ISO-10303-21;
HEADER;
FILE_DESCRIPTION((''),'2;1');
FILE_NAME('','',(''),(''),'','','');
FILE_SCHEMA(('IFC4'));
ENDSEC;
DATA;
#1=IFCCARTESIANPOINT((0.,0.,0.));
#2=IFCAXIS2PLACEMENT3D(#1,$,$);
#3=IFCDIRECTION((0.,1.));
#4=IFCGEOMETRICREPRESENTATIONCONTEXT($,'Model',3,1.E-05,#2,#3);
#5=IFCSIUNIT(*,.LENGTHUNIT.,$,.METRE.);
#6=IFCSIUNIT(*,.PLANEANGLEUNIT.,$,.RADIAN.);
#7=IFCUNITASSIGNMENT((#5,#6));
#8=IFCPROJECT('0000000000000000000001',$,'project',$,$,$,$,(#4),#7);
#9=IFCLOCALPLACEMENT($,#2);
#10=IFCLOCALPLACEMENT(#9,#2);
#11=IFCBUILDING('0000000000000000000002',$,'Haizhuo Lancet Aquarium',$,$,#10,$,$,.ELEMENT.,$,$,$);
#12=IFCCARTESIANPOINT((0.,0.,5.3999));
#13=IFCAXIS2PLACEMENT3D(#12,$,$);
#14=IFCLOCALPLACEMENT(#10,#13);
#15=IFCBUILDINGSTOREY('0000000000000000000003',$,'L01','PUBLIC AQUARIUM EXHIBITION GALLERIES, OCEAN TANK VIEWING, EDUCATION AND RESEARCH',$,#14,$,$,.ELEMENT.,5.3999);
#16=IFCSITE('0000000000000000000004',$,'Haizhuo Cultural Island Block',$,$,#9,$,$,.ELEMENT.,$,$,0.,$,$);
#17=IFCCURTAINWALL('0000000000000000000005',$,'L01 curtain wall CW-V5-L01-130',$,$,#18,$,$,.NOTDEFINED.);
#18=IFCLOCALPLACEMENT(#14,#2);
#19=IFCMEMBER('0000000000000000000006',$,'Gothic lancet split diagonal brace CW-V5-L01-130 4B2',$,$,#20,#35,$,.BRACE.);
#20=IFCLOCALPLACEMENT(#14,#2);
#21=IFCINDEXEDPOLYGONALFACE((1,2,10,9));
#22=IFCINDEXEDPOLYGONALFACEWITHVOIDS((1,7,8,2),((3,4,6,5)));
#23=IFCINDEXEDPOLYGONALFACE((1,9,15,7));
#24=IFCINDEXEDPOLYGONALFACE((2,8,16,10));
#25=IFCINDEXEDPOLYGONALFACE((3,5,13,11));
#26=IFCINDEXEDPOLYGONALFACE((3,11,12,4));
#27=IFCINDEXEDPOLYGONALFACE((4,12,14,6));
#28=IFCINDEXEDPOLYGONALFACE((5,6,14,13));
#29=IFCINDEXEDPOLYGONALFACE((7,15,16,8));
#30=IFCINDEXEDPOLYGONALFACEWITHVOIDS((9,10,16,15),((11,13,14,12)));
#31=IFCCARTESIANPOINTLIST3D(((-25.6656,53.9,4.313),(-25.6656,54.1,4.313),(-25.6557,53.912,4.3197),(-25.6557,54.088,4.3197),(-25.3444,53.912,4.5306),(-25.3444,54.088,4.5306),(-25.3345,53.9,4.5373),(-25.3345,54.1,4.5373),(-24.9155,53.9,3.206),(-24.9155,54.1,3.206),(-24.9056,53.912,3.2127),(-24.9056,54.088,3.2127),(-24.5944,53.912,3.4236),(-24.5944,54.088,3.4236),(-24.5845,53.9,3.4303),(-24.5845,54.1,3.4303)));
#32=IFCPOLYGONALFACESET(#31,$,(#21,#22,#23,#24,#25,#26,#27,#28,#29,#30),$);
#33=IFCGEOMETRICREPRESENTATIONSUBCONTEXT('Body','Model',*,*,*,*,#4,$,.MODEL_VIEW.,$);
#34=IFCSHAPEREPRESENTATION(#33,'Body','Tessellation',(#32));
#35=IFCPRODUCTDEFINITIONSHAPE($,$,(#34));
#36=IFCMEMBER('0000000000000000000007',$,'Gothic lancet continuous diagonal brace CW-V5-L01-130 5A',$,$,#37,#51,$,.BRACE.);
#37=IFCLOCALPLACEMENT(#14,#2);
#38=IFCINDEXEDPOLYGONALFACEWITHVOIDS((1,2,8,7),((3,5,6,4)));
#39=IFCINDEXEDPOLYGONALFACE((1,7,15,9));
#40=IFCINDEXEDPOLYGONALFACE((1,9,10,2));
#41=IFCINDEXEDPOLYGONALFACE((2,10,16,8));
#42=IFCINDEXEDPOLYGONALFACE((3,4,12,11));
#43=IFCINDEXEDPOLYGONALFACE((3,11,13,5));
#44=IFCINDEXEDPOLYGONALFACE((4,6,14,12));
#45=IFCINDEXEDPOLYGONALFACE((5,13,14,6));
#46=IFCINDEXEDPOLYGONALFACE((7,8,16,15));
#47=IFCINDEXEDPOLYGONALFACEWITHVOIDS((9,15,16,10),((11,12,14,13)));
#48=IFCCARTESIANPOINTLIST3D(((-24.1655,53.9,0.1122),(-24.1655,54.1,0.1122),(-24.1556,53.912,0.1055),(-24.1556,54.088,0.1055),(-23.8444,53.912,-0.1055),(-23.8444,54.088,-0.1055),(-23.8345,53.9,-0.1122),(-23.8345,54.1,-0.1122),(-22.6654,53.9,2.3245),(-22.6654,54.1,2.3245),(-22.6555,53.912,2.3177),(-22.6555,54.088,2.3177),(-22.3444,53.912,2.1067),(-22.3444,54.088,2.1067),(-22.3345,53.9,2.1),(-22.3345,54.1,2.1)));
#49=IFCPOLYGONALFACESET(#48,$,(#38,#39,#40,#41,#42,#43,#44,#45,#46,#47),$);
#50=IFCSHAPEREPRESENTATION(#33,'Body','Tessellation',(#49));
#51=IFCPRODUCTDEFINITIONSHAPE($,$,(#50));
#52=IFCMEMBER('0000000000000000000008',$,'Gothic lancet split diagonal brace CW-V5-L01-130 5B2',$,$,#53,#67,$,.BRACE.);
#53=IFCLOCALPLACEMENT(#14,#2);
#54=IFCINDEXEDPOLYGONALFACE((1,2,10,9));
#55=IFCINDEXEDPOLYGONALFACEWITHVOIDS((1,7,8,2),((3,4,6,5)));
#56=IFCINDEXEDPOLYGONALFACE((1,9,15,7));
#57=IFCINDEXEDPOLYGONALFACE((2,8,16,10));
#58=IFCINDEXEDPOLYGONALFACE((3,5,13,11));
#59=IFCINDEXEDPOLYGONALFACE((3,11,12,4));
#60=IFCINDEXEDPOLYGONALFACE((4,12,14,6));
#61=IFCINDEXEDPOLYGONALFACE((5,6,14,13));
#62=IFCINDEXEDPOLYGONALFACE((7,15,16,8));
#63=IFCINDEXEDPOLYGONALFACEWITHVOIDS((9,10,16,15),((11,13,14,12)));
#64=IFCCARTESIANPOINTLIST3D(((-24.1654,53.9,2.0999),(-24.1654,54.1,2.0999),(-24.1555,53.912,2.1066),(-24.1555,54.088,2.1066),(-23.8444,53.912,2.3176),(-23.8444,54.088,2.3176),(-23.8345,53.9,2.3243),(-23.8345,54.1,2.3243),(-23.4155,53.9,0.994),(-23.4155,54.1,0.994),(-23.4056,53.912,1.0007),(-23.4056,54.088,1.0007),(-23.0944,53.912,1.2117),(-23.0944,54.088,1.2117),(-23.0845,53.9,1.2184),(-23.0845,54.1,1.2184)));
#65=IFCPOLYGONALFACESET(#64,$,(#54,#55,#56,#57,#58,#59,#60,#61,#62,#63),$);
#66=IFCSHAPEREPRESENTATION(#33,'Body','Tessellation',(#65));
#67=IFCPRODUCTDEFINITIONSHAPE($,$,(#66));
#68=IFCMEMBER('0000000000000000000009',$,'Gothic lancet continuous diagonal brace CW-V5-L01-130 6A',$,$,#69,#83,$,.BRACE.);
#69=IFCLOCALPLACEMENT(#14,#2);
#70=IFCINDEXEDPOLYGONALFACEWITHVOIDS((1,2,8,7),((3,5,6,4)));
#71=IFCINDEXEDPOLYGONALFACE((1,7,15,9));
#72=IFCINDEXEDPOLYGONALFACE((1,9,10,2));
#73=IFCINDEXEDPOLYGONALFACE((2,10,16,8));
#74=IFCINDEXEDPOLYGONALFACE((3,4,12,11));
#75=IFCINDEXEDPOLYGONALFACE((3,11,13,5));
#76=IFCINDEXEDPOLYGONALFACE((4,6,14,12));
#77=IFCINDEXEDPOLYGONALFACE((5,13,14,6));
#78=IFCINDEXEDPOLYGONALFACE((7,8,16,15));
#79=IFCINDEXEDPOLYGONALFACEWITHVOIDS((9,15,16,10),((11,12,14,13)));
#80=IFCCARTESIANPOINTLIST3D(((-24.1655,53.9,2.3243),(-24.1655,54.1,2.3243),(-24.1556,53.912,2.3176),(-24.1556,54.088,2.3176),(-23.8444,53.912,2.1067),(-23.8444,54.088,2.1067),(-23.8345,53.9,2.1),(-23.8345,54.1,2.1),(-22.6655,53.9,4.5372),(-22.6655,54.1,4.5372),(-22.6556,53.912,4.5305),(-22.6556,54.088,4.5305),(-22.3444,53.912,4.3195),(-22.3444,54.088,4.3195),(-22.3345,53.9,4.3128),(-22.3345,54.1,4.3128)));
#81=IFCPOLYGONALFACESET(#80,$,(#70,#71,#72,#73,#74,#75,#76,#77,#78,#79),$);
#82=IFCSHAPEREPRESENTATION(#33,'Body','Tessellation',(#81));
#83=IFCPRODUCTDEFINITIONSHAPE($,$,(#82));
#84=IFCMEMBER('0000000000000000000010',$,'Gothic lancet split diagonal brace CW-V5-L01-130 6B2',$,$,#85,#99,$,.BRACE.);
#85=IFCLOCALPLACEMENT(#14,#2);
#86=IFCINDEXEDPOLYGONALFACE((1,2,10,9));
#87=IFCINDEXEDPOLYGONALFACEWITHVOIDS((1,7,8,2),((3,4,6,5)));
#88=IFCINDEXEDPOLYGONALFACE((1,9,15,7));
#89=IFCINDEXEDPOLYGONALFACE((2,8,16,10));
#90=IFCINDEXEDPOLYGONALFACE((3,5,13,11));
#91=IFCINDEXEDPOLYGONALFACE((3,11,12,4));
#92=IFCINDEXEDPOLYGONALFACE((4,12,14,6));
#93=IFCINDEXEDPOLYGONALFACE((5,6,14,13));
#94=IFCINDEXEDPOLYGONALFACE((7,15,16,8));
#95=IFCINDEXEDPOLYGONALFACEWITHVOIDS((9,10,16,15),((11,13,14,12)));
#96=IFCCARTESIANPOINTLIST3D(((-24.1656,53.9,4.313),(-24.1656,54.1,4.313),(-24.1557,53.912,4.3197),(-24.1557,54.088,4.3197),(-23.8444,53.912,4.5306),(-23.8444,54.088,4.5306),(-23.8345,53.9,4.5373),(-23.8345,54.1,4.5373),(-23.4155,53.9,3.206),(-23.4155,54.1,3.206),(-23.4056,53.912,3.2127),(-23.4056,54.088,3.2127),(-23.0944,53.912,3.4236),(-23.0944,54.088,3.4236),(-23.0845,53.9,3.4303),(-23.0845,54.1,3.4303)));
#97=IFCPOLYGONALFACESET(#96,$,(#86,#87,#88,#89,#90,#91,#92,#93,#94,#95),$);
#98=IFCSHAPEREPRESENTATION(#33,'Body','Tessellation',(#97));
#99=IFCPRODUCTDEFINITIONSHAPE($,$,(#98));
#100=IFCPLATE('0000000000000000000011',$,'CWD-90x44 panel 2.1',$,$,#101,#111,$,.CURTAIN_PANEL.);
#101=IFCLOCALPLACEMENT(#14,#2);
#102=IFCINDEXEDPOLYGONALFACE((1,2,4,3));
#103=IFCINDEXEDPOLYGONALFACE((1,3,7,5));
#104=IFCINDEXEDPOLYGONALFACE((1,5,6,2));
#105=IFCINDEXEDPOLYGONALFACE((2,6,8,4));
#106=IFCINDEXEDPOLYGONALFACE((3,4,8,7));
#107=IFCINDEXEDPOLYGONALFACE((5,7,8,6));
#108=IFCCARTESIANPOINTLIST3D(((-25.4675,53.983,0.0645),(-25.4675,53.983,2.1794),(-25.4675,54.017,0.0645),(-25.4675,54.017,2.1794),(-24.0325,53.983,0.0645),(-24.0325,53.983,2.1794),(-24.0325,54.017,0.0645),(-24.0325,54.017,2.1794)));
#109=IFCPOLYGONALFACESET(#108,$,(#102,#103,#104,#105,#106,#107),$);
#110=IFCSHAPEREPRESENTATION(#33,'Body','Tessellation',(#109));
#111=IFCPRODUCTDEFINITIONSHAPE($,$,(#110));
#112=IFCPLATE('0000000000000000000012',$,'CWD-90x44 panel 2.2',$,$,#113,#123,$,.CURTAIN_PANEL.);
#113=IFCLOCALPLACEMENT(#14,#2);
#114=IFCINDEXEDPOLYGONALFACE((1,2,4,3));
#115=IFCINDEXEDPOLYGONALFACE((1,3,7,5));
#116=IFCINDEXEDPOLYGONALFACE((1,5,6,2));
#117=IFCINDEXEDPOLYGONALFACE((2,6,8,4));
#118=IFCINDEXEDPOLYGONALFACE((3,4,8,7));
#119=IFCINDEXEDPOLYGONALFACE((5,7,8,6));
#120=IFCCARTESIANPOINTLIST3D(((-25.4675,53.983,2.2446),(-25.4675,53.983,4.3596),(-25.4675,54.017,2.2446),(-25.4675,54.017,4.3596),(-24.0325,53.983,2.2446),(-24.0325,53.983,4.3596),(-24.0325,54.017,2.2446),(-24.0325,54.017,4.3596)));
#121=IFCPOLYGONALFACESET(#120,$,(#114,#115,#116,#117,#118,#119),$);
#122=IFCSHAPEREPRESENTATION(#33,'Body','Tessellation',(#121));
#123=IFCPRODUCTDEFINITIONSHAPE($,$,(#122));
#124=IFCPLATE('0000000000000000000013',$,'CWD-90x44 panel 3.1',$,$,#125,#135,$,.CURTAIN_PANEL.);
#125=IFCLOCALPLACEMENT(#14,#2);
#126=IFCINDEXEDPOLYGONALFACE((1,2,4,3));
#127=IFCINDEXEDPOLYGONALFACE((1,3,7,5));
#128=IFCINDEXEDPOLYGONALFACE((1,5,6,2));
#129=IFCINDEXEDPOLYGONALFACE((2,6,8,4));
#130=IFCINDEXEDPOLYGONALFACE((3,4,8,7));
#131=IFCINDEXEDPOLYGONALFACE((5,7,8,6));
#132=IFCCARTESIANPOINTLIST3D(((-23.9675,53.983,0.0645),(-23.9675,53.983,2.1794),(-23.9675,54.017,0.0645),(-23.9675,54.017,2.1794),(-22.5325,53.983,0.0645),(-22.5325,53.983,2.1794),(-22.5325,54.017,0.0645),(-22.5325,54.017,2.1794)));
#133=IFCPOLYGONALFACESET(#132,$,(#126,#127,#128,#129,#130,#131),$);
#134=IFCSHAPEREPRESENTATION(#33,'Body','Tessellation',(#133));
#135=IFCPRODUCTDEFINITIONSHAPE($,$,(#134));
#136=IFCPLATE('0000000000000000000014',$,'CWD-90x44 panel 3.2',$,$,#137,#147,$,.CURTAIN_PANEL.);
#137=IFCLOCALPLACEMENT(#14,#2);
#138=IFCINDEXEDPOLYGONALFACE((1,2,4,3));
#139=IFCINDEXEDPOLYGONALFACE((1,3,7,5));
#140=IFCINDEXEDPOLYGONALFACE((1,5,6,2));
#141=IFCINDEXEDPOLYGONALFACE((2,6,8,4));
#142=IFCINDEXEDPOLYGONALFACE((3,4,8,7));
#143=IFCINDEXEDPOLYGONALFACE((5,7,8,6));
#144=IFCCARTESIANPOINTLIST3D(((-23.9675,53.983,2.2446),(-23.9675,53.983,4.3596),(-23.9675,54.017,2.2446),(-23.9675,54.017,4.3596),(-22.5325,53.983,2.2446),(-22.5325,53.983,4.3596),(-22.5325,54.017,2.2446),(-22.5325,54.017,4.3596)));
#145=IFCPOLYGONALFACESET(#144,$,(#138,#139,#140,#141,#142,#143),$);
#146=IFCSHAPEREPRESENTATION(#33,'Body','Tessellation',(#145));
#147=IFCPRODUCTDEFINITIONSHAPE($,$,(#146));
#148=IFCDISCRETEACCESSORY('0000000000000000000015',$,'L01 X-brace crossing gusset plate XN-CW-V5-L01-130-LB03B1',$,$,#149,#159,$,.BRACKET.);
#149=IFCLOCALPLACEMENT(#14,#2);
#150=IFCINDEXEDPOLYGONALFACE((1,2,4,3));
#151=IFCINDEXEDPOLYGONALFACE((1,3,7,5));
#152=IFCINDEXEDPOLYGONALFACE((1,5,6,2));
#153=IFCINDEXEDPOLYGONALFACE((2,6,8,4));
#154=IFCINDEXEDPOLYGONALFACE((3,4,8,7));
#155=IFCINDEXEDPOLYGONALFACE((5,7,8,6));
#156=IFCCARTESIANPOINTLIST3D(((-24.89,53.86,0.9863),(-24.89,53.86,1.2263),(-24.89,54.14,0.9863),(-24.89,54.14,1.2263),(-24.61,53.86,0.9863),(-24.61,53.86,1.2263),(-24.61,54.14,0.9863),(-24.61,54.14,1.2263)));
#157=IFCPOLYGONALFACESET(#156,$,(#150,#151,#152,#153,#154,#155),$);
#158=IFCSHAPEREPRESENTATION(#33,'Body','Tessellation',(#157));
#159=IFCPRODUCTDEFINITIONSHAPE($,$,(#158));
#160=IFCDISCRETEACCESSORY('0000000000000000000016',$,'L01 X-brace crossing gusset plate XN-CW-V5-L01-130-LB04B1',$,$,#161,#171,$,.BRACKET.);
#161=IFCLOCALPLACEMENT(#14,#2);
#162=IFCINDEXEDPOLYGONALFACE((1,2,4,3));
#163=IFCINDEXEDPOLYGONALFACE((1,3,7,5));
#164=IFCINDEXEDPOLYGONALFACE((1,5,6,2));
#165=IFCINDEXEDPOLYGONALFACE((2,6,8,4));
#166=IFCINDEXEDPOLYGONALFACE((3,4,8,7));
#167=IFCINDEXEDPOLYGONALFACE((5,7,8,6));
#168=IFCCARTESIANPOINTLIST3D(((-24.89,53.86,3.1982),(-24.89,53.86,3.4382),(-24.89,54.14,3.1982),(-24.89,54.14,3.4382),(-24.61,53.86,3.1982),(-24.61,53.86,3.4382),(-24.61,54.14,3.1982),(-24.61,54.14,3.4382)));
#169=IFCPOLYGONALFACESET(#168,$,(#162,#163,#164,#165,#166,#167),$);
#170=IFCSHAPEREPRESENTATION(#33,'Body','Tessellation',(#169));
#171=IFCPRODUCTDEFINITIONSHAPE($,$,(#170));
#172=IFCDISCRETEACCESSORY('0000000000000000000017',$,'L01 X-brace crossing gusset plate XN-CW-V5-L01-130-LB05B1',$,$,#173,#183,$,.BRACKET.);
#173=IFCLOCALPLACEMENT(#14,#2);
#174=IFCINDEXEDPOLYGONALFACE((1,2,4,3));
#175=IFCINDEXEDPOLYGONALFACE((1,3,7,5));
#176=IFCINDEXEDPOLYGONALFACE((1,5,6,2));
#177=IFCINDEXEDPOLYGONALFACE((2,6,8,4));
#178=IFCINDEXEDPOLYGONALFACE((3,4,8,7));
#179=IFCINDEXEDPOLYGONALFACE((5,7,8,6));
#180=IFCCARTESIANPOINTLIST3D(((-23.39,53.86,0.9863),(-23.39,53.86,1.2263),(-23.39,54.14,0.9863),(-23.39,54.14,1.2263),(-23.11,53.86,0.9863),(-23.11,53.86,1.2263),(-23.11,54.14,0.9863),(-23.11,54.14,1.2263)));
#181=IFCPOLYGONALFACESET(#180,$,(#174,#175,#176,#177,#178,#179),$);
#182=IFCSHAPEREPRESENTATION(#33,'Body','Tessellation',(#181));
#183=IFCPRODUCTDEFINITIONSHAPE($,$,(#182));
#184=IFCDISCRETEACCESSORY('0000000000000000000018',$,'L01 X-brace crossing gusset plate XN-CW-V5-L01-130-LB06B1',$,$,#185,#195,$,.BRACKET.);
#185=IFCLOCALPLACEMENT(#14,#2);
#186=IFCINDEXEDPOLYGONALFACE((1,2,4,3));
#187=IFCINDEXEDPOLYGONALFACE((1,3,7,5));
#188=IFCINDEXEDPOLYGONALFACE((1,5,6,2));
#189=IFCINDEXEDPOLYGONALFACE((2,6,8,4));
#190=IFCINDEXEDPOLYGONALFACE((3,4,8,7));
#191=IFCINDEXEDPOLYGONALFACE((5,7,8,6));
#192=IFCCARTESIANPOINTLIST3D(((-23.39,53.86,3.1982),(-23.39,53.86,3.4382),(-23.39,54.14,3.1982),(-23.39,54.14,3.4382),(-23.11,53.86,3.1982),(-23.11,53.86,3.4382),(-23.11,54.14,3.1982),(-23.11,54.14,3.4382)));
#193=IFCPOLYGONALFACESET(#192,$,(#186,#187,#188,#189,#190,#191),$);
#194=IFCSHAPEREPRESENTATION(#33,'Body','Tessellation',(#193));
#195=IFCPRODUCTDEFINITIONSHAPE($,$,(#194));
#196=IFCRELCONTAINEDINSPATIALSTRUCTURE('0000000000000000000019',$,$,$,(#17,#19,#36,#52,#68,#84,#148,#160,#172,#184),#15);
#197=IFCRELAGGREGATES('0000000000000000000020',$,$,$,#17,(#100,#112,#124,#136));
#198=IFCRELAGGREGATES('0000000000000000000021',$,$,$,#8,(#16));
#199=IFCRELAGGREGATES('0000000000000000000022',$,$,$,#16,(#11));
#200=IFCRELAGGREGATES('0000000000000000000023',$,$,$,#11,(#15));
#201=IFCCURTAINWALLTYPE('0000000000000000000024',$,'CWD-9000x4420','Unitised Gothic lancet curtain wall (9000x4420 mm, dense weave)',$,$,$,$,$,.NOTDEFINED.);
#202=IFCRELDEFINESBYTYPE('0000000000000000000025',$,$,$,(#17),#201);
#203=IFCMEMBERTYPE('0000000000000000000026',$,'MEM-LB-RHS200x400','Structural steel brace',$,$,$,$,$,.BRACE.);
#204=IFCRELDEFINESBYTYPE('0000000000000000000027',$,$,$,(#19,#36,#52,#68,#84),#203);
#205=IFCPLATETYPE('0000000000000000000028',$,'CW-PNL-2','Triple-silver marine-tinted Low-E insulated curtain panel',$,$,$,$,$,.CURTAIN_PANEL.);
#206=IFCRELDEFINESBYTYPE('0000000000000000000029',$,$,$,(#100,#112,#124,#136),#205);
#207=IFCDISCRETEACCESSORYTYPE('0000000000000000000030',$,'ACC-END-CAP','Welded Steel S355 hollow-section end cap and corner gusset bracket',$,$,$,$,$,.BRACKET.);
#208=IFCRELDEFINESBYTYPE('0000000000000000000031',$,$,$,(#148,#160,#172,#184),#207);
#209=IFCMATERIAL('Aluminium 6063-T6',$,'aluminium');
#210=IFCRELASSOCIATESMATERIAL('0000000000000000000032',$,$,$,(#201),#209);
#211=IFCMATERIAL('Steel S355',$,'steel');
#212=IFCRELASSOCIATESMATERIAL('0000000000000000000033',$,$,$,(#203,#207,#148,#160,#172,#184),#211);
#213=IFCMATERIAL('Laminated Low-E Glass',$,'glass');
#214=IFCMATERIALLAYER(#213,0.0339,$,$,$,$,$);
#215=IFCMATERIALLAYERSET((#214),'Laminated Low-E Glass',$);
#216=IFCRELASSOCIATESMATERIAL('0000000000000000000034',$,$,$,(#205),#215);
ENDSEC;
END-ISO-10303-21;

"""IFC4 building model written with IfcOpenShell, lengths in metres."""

from ifc_helpers import new_model, si_unit, direction, frame, origin, origin_2d, place, context, subcontext, project, spatial, rectangle, hollow_rectangle, extrude, material, layer, layer_set, material_profile, profile_set, type_object, element, aggregate, save


model = new_model("IFC4")

# Units and contexts
model_context = context("Model", 3, precision=1e-05, world=origin(), true_north=direction((0.0, 1.0)))
body_context = subcontext(model_context, "Body", "Model", "MODEL_VIEW")
ifc_project = project(units=[si_unit("LENGTHUNIT", "METRE"), si_unit("PLANEANGLEUNIT", "RADIAN")], contexts=[model_context])

# Site, building, storey
site_placement = place(None, origin())
site = spatial("IfcSite", under=ifc_project, at=site_placement, Name="Haizhuo Cultural Island Block", CompositionType="ELEMENT", RefElevation=0.0)
building_placement = place(site_placement, origin())
building = spatial("IfcBuilding", under=site, at=building_placement, Name="Haizhuo Lancet Aquarium", CompositionType="ELEMENT")
storey_placement = place(building_placement, frame((0.0, 0.0, 5.3999)))
storey = spatial("IfcBuildingStorey", under=building, at=storey_placement, Name="L01", Description="PUBLIC AQUARIUM EXHIBITION GALLERIES, OCEAN TANK VIEWING, EDUCATION AND RESEARCH", CompositionType="ELEMENT", Elevation=5.3999)

# Curtain wall
ifc_material_1 = material(Name="Aluminium 6063-T6", Category="aluminium")
curtain_wall_type = type_object("IfcCurtainWallType", Name="CWD-9000x4420", Description="Unitised Gothic lancet curtain wall (9000x4420 mm, dense weave)", PredefinedType="NOTDEFINED", material=ifc_material_1)
curtain_wall_placement = place(storey_placement, origin())
curtain_wall = element("IfcCurtainWall", 1, at=curtain_wall_placement, inside=storey, type_object=curtain_wall_type, Name="L01 curtain wall CW-V5-L01-130", PredefinedType="NOTDEFINED")

# Members
ifc_material_2 = material(Name="Steel S355", Category="steel")
ifc_material_profile_1 = material_profile(ifc_material_2, hollow_rectangle(XDim=0.2, YDim=0.3999, WallThickness=0.012, at=origin_2d()), Name="RHS 200x400x12")
ifc_profile_set_1 = profile_set([ifc_material_profile_1], Name="Steel S355")
member_type_1 = type_object("IfcMemberType", Name="MEM-LB-RHS200x400", Description="Structural steel brace", PredefinedType="BRACE", material=ifc_profile_set_1)
member_1_placement = place(storey_placement, frame((-24.75, 54.0, 3.3181), z_axis=(-0.560921, 0.0, 0.827869), x_axis=(0.0, -1.0, 0.0)))
element("IfcMember", 2, at=member_1_placement, inside=storey, type_object=member_type_1, Name="Gothic lancet split diagonal brace CW-V5-L01-130 4B2", PredefinedType="BRACE", context=body_context, shape_type="SweptSolid", body=[
    extrude(hollow_rectangle(XDim=0.2, YDim=0.3999, WallThickness=0.012, at=origin_2d()), origin(), (0.0, 0.0, 1.0), 1.3372),
])
member_2_placement = place(storey_placement, frame((-24.0, 54.0, 0.0), z_axis=(0.561218, 0.0, 0.827668), x_axis=(0.0, 1.0, 0.0)))
element("IfcMember", 3, at=member_2_placement, inside=storey, type_object=member_type_1, Name="Gothic lancet continuous diagonal brace CW-V5-L01-130 5A", PredefinedType="BRACE", context=body_context, shape_type="SweptSolid", body=[
    extrude(hollow_rectangle(XDim=0.2, YDim=0.3999, WallThickness=0.012, at=origin_2d()), origin(), (0.0, 0.0, 1.0), 2.6729),
])
member_3_placement = place(storey_placement, frame((-23.25, 54.0, 1.1062), z_axis=(-0.56126, 0.0, 0.827639), x_axis=(0.0, -1.0, 0.0)))
element("IfcMember", 4, at=member_3_placement, inside=storey, type_object=member_type_1, Name="Gothic lancet split diagonal brace CW-V5-L01-130 5B2", PredefinedType="BRACE", context=body_context, shape_type="SweptSolid", body=[
    extrude(hollow_rectangle(XDim=0.2, YDim=0.3999, WallThickness=0.012, at=origin_2d()), origin(), (0.0, 0.0, 1.0), 1.3362),
])
member_4_placement = place(storey_placement, frame((-24.0, 54.0, 2.2122), z_axis=(0.56109, 0.0, 0.827755), x_axis=(0.0, 1.0, 0.0)))
element("IfcMember", 5, at=member_4_placement, inside=storey, type_object=member_type_1, Name="Gothic lancet continuous diagonal brace CW-V5-L01-130 6A", PredefinedType="BRACE", context=body_context, shape_type="SweptSolid", body=[
    extrude(hollow_rectangle(XDim=0.2, YDim=0.3999, WallThickness=0.012, at=origin_2d()), origin(), (0.0, 0.0, 1.0), 2.6733),
])
member_5_placement = place(storey_placement, frame((-23.25, 54.0, 3.3181), z_axis=(-0.560921, 0.0, 0.827869), x_axis=(0.0, -1.0, 0.0)))
element("IfcMember", 6, at=member_5_placement, inside=storey, type_object=member_type_1, Name="Gothic lancet split diagonal brace CW-V5-L01-130 6B2", PredefinedType="BRACE", context=body_context, shape_type="SweptSolid", body=[
    extrude(hollow_rectangle(XDim=0.2, YDim=0.3999, WallThickness=0.012, at=origin_2d()), origin(), (0.0, 0.0, 1.0), 1.3372),
])

# Plates
ifc_material_3 = material(Name="Laminated Low-E Glass", Category="glass")
ifc_layer = layer(ifc_material_3, 0.0339)
ifc_layer_set = layer_set([ifc_layer], Name="Laminated Low-E Glass")
plate_type = type_object("IfcPlateType", Name="CW-PNL-2", Description="Triple-silver marine-tinted Low-E insulated curtain panel", PredefinedType="CURTAIN_PANEL", material=ifc_layer_set)
plate_1_placement = place(storey_placement, frame((-24.75, 54.0, 0.0645), z_axis=(0.0, 0.0, 1.0), x_axis=(1.0, 0.0, 0.0)))
plate_1 = element("IfcPlate", 7, at=plate_1_placement, type_object=plate_type, Name="CWD-90x44 panel 2.1", PredefinedType="CURTAIN_PANEL", context=body_context, shape_type="SweptSolid", body=[
    extrude(rectangle(XDim=1.4351, YDim=0.0339, at=origin_2d()), origin(), (0.0, 0.0, 1.0), 2.115),
])
plate_2_placement = place(storey_placement, frame((-24.75, 54.0, 2.2446), z_axis=(0.0, 0.0, 1.0), x_axis=(1.0, 0.0, 0.0)))
plate_2 = element("IfcPlate", 8, at=plate_2_placement, type_object=plate_type, Name="CWD-90x44 panel 2.2", PredefinedType="CURTAIN_PANEL", context=body_context, shape_type="SweptSolid", body=[
    extrude(rectangle(XDim=1.4351, YDim=0.0339, at=origin_2d()), origin(), (0.0, 0.0, 1.0), 2.115),
])
plate_3_placement = place(storey_placement, frame((-23.25, 54.0, 0.0645), z_axis=(0.0, 0.0, 1.0), x_axis=(1.0, 0.0, 0.0)))
plate_3 = element("IfcPlate", 9, at=plate_3_placement, type_object=plate_type, Name="CWD-90x44 panel 3.1", PredefinedType="CURTAIN_PANEL", context=body_context, shape_type="SweptSolid", body=[
    extrude(rectangle(XDim=1.4351, YDim=0.0339, at=origin_2d()), origin(), (0.0, 0.0, 1.0), 2.115),
])
plate_4_placement = place(storey_placement, frame((-23.25, 54.0, 2.2446), z_axis=(0.0, 0.0, 1.0), x_axis=(1.0, 0.0, 0.0)))
plate_4 = element("IfcPlate", 10, at=plate_4_placement, type_object=plate_type, Name="CWD-90x44 panel 3.2", PredefinedType="CURTAIN_PANEL", context=body_context, shape_type="SweptSolid", body=[
    extrude(rectangle(XDim=1.4351, YDim=0.0339, at=origin_2d()), origin(), (0.0, 0.0, 1.0), 2.115),
])
aggregate(curtain_wall, [plate_1, plate_2, plate_3, plate_4])

# Discrete accessories
discrete_accessory_type = type_object("IfcDiscreteAccessoryType", Name="ACC-END-CAP", Description="Welded Steel S355 hollow-section end cap and corner gusset bracket", PredefinedType="BRACKET", material=ifc_material_2)
for number, where, z_axis, x_axis, name in (
    (11, (-24.75, 54.0, 0.9863), (0.0, 0.0, 1.0), (1.0, 0.0, 0.0), "L01 X-brace crossing gusset plate XN-CW-V5-L01-130-LB03B1"),
    (12, (-24.75, 54.0, 3.1982), (0.0, 0.0, 1.0), (1.0, 0.0, 0.0), "L01 X-brace crossing gusset plate XN-CW-V5-L01-130-LB04B1"),
    (13, (-23.25, 54.0, 0.9863), (0.0, 0.0, 1.0), (1.0, 0.0, 0.0), "L01 X-brace crossing gusset plate XN-CW-V5-L01-130-LB05B1"),
    (14, (-23.25, 54.0, 3.1982), (0.0, 0.0, 1.0), (1.0, 0.0, 0.0), "L01 X-brace crossing gusset plate XN-CW-V5-L01-130-LB06B1"),
):
    element("IfcDiscreteAccessory", number, at=place(storey_placement, frame(where, z_axis=z_axis, x_axis=x_axis)), inside=storey, type_object=discrete_accessory_type, material=ifc_material_2, Name=name, PredefinedType="BRACKET", context=body_context, shape_type="SweptSolid", body=[
        extrude(rectangle(XDim=0.28, YDim=0.28, at=origin_2d()), origin(), (0.0, 0.0, 1.0), 0.24),
    ])

save(model, "model.ifc")
